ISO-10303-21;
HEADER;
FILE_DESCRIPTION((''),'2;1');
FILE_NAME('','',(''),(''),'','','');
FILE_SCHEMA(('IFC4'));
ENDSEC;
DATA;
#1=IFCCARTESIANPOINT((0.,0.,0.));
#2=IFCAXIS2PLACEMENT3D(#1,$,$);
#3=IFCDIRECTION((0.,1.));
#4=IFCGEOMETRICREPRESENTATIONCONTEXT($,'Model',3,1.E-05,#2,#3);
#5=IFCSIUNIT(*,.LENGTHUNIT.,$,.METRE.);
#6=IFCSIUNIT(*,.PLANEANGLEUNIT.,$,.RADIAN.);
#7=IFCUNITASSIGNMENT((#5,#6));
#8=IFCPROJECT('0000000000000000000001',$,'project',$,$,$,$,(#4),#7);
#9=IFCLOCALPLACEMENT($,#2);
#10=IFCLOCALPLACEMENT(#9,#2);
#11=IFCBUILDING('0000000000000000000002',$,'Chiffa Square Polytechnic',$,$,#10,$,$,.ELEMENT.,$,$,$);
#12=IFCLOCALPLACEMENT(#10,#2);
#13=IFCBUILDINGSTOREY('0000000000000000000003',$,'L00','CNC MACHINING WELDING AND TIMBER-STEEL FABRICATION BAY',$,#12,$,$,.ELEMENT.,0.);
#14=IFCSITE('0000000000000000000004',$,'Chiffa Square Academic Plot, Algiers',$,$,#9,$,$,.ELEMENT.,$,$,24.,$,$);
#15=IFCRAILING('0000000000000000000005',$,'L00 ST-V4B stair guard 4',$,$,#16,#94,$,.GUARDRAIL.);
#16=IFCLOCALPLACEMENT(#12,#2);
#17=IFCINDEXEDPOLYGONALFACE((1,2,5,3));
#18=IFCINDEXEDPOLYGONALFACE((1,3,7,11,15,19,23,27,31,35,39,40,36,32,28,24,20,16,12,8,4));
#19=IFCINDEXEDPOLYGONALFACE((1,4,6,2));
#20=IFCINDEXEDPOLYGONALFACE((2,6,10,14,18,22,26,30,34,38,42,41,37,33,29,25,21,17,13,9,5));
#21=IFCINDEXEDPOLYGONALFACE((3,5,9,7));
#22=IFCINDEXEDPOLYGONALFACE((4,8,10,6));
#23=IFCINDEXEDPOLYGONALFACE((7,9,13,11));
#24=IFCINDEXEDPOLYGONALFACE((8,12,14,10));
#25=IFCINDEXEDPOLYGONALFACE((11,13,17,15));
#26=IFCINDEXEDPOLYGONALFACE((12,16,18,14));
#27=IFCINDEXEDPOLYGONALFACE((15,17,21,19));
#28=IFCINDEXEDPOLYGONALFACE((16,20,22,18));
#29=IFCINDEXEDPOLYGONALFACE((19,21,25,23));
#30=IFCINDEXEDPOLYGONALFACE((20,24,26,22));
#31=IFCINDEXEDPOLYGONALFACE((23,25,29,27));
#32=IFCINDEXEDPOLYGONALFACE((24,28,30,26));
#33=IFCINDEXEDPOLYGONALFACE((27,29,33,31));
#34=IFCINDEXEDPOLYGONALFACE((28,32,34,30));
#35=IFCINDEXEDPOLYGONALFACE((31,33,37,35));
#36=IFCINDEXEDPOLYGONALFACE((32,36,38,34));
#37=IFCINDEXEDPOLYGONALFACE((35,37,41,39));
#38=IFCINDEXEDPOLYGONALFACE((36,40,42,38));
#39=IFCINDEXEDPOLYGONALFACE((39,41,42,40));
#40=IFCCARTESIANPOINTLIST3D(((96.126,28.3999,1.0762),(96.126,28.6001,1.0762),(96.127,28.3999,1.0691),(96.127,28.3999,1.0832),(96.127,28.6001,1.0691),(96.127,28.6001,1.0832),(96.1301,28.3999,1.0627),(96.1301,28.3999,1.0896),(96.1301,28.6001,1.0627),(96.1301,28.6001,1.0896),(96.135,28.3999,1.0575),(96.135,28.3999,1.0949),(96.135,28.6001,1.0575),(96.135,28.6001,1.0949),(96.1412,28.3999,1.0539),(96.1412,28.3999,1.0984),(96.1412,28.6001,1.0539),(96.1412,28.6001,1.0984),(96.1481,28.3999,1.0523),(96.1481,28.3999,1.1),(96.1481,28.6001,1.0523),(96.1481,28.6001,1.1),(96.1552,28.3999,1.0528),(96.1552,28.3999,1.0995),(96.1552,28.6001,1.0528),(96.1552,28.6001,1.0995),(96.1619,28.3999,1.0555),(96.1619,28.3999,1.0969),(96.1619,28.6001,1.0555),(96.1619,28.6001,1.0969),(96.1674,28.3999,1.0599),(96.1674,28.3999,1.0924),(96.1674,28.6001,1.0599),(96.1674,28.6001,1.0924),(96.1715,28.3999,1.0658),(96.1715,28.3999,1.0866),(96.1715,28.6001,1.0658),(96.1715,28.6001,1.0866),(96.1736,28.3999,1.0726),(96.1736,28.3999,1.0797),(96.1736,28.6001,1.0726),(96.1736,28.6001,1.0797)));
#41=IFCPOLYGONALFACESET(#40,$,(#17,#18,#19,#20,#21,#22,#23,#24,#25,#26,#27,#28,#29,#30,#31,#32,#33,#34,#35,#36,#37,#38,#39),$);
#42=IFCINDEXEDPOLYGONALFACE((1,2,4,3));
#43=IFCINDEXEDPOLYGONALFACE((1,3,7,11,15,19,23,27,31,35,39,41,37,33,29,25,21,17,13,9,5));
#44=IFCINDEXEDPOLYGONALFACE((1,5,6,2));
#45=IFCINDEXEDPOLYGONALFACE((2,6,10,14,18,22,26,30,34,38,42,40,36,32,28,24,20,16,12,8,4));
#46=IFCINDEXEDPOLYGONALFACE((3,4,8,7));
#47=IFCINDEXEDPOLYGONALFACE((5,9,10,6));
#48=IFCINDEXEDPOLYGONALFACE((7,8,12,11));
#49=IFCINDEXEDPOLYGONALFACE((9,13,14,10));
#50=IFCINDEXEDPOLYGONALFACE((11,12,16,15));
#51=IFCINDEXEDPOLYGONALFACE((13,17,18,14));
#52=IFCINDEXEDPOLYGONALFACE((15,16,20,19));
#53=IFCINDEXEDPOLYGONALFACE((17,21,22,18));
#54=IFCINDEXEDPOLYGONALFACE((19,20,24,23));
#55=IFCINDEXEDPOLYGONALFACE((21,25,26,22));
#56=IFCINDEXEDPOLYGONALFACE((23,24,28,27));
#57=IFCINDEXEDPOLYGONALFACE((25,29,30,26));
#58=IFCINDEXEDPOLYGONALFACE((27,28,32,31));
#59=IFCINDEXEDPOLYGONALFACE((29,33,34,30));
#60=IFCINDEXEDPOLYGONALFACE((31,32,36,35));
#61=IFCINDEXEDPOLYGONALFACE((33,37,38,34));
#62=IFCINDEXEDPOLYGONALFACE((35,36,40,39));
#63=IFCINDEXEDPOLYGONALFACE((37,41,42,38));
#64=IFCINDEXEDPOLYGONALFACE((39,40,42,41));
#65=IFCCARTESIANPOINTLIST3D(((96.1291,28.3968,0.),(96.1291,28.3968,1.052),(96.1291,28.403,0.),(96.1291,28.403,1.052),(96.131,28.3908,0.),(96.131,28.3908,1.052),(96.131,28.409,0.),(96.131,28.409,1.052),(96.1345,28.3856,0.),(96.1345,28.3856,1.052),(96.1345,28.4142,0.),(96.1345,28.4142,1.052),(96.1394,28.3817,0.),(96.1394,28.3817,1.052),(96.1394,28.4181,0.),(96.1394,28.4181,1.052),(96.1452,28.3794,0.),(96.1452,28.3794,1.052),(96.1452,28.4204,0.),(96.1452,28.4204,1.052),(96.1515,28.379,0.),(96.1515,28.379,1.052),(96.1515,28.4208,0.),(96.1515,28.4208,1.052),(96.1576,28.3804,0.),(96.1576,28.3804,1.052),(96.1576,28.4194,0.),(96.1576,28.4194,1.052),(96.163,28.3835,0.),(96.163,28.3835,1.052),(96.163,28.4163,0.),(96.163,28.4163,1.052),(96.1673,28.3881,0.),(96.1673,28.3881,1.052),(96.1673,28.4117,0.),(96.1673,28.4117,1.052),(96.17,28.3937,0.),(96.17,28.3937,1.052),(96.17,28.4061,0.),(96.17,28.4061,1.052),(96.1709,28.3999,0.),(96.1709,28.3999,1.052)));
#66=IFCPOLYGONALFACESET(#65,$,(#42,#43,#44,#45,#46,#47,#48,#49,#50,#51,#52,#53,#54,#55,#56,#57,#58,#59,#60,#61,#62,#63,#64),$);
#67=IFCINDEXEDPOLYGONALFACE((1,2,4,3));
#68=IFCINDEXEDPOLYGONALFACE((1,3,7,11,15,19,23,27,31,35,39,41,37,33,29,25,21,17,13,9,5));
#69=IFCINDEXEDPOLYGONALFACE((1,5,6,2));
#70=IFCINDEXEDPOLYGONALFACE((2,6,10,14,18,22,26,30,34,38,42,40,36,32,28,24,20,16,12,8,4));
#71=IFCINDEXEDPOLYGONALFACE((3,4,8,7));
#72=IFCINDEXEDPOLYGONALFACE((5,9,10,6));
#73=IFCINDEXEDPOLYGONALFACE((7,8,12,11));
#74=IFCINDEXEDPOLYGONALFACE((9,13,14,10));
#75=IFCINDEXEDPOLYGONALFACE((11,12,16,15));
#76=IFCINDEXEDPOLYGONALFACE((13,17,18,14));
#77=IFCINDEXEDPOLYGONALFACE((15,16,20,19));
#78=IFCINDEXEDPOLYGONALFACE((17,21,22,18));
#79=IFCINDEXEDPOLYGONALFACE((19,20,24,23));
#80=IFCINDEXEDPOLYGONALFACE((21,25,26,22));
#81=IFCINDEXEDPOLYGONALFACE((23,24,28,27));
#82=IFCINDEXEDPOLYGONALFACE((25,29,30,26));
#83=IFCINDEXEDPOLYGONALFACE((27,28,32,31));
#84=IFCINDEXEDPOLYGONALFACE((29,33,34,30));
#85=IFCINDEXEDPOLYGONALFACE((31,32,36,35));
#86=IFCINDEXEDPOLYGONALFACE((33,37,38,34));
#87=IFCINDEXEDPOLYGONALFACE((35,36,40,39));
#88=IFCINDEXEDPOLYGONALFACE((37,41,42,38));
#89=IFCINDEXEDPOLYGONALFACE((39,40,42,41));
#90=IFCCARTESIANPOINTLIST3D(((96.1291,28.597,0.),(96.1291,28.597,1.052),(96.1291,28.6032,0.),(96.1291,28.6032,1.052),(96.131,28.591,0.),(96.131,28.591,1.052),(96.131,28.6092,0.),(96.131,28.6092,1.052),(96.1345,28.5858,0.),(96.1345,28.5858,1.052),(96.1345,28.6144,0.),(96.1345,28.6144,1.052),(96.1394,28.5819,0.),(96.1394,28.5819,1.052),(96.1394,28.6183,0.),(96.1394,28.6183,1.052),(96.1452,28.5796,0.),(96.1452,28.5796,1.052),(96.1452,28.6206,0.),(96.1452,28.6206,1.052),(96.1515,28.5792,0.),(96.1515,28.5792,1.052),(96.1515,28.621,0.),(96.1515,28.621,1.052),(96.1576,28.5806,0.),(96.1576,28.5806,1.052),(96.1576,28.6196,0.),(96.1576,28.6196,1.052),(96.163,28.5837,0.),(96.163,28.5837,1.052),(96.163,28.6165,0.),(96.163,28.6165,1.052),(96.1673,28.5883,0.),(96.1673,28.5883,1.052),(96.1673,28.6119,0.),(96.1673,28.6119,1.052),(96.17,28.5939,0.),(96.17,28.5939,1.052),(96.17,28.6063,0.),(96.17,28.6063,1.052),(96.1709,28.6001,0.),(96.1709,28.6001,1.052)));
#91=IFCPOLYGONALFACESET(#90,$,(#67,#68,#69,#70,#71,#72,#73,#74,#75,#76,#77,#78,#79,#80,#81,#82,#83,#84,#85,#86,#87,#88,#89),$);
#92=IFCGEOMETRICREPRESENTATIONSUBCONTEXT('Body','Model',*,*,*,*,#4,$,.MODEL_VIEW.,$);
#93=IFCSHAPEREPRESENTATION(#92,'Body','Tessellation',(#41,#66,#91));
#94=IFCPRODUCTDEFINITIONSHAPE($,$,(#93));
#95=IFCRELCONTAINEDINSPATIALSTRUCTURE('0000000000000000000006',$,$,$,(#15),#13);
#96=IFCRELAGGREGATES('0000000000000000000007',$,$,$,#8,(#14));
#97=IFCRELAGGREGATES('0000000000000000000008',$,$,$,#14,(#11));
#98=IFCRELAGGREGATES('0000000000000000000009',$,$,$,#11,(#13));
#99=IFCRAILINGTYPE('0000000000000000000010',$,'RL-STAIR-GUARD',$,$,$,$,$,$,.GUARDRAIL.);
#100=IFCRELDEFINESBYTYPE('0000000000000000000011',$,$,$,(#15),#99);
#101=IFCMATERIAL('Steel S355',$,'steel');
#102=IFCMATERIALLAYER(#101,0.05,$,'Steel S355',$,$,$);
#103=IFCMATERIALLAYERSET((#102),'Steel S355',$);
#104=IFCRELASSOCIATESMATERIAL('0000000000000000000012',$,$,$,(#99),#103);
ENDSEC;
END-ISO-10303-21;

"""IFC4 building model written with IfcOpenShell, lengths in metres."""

from ifc_helpers import new_model, si_unit, direction, frame, origin, origin_2d, place, context, subcontext, project, spatial, circle, extrude, material, layer, layer_set, type_object, element, save


model = new_model("IFC4")

# Units and contexts
model_context = context("Model", 3, precision=1e-05, world=origin(), true_north=direction((0.0, 1.0)))
body_context = subcontext(model_context, "Body", "Model", "MODEL_VIEW")
ifc_project = project(units=[si_unit("LENGTHUNIT", "METRE"), si_unit("PLANEANGLEUNIT", "RADIAN")], contexts=[model_context])

# Site, building, storey
site_placement = place(None, origin())
site = spatial("IfcSite", under=ifc_project, at=site_placement, Name="Chiffa Square Academic Plot, Algiers", CompositionType="ELEMENT", RefElevation=24.0)
building_placement = place(site_placement, origin())
building = spatial("IfcBuilding", under=site, at=building_placement, Name="Chiffa Square Polytechnic", CompositionType="ELEMENT")
storey_placement = place(building_placement, origin())
storey = spatial("IfcBuildingStorey", under=building, at=storey_placement, Name="L00", Description="CNC MACHINING WELDING AND TIMBER-STEEL FABRICATION BAY", CompositionType="ELEMENT", Elevation=0.0)

# Railing
ifc_material_1 = material(Name="Steel S355", Category="steel")
ifc_layer_1 = layer(ifc_material_1, 0.05, Name="Steel S355")
ifc_layer_set_1 = layer_set([ifc_layer_1], Name="Steel S355")
railing_type_1 = type_object("IfcRailingType", Name="RL-STAIR-GUARD", PredefinedType="GUARDRAIL", material=ifc_layer_set_1)
railing_1_placement = place(storey_placement, frame((96.1499, 28.3999, 0.0)))
element("IfcRailing", 1, at=railing_1_placement, inside=storey, type_object=railing_type_1, Name="L00 ST-V4B stair guard 4", PredefinedType="GUARDRAIL", context=body_context, shape_type="SweptSolid", body=[
    extrude(circle(Radius=0.0239, at=origin_2d()), frame((0.0, 0.0, 1.0762), z_axis=(0.0, 1.0, 0.0), x_axis=(-1.0, 0.0, 0.0)), (0.0, 0.0, 1.0), 0.2002),
    extrude(circle(Radius=0.021, at=origin_2d()), origin(), (0.0, 0.0, 1.0), 1.052),
    extrude(circle(Radius=0.021, at=origin_2d()), frame((0.0, 0.2002, 0.0)), (0.0, 0.0, 1.0), 1.052),
])

save(model, "model.ifc")
